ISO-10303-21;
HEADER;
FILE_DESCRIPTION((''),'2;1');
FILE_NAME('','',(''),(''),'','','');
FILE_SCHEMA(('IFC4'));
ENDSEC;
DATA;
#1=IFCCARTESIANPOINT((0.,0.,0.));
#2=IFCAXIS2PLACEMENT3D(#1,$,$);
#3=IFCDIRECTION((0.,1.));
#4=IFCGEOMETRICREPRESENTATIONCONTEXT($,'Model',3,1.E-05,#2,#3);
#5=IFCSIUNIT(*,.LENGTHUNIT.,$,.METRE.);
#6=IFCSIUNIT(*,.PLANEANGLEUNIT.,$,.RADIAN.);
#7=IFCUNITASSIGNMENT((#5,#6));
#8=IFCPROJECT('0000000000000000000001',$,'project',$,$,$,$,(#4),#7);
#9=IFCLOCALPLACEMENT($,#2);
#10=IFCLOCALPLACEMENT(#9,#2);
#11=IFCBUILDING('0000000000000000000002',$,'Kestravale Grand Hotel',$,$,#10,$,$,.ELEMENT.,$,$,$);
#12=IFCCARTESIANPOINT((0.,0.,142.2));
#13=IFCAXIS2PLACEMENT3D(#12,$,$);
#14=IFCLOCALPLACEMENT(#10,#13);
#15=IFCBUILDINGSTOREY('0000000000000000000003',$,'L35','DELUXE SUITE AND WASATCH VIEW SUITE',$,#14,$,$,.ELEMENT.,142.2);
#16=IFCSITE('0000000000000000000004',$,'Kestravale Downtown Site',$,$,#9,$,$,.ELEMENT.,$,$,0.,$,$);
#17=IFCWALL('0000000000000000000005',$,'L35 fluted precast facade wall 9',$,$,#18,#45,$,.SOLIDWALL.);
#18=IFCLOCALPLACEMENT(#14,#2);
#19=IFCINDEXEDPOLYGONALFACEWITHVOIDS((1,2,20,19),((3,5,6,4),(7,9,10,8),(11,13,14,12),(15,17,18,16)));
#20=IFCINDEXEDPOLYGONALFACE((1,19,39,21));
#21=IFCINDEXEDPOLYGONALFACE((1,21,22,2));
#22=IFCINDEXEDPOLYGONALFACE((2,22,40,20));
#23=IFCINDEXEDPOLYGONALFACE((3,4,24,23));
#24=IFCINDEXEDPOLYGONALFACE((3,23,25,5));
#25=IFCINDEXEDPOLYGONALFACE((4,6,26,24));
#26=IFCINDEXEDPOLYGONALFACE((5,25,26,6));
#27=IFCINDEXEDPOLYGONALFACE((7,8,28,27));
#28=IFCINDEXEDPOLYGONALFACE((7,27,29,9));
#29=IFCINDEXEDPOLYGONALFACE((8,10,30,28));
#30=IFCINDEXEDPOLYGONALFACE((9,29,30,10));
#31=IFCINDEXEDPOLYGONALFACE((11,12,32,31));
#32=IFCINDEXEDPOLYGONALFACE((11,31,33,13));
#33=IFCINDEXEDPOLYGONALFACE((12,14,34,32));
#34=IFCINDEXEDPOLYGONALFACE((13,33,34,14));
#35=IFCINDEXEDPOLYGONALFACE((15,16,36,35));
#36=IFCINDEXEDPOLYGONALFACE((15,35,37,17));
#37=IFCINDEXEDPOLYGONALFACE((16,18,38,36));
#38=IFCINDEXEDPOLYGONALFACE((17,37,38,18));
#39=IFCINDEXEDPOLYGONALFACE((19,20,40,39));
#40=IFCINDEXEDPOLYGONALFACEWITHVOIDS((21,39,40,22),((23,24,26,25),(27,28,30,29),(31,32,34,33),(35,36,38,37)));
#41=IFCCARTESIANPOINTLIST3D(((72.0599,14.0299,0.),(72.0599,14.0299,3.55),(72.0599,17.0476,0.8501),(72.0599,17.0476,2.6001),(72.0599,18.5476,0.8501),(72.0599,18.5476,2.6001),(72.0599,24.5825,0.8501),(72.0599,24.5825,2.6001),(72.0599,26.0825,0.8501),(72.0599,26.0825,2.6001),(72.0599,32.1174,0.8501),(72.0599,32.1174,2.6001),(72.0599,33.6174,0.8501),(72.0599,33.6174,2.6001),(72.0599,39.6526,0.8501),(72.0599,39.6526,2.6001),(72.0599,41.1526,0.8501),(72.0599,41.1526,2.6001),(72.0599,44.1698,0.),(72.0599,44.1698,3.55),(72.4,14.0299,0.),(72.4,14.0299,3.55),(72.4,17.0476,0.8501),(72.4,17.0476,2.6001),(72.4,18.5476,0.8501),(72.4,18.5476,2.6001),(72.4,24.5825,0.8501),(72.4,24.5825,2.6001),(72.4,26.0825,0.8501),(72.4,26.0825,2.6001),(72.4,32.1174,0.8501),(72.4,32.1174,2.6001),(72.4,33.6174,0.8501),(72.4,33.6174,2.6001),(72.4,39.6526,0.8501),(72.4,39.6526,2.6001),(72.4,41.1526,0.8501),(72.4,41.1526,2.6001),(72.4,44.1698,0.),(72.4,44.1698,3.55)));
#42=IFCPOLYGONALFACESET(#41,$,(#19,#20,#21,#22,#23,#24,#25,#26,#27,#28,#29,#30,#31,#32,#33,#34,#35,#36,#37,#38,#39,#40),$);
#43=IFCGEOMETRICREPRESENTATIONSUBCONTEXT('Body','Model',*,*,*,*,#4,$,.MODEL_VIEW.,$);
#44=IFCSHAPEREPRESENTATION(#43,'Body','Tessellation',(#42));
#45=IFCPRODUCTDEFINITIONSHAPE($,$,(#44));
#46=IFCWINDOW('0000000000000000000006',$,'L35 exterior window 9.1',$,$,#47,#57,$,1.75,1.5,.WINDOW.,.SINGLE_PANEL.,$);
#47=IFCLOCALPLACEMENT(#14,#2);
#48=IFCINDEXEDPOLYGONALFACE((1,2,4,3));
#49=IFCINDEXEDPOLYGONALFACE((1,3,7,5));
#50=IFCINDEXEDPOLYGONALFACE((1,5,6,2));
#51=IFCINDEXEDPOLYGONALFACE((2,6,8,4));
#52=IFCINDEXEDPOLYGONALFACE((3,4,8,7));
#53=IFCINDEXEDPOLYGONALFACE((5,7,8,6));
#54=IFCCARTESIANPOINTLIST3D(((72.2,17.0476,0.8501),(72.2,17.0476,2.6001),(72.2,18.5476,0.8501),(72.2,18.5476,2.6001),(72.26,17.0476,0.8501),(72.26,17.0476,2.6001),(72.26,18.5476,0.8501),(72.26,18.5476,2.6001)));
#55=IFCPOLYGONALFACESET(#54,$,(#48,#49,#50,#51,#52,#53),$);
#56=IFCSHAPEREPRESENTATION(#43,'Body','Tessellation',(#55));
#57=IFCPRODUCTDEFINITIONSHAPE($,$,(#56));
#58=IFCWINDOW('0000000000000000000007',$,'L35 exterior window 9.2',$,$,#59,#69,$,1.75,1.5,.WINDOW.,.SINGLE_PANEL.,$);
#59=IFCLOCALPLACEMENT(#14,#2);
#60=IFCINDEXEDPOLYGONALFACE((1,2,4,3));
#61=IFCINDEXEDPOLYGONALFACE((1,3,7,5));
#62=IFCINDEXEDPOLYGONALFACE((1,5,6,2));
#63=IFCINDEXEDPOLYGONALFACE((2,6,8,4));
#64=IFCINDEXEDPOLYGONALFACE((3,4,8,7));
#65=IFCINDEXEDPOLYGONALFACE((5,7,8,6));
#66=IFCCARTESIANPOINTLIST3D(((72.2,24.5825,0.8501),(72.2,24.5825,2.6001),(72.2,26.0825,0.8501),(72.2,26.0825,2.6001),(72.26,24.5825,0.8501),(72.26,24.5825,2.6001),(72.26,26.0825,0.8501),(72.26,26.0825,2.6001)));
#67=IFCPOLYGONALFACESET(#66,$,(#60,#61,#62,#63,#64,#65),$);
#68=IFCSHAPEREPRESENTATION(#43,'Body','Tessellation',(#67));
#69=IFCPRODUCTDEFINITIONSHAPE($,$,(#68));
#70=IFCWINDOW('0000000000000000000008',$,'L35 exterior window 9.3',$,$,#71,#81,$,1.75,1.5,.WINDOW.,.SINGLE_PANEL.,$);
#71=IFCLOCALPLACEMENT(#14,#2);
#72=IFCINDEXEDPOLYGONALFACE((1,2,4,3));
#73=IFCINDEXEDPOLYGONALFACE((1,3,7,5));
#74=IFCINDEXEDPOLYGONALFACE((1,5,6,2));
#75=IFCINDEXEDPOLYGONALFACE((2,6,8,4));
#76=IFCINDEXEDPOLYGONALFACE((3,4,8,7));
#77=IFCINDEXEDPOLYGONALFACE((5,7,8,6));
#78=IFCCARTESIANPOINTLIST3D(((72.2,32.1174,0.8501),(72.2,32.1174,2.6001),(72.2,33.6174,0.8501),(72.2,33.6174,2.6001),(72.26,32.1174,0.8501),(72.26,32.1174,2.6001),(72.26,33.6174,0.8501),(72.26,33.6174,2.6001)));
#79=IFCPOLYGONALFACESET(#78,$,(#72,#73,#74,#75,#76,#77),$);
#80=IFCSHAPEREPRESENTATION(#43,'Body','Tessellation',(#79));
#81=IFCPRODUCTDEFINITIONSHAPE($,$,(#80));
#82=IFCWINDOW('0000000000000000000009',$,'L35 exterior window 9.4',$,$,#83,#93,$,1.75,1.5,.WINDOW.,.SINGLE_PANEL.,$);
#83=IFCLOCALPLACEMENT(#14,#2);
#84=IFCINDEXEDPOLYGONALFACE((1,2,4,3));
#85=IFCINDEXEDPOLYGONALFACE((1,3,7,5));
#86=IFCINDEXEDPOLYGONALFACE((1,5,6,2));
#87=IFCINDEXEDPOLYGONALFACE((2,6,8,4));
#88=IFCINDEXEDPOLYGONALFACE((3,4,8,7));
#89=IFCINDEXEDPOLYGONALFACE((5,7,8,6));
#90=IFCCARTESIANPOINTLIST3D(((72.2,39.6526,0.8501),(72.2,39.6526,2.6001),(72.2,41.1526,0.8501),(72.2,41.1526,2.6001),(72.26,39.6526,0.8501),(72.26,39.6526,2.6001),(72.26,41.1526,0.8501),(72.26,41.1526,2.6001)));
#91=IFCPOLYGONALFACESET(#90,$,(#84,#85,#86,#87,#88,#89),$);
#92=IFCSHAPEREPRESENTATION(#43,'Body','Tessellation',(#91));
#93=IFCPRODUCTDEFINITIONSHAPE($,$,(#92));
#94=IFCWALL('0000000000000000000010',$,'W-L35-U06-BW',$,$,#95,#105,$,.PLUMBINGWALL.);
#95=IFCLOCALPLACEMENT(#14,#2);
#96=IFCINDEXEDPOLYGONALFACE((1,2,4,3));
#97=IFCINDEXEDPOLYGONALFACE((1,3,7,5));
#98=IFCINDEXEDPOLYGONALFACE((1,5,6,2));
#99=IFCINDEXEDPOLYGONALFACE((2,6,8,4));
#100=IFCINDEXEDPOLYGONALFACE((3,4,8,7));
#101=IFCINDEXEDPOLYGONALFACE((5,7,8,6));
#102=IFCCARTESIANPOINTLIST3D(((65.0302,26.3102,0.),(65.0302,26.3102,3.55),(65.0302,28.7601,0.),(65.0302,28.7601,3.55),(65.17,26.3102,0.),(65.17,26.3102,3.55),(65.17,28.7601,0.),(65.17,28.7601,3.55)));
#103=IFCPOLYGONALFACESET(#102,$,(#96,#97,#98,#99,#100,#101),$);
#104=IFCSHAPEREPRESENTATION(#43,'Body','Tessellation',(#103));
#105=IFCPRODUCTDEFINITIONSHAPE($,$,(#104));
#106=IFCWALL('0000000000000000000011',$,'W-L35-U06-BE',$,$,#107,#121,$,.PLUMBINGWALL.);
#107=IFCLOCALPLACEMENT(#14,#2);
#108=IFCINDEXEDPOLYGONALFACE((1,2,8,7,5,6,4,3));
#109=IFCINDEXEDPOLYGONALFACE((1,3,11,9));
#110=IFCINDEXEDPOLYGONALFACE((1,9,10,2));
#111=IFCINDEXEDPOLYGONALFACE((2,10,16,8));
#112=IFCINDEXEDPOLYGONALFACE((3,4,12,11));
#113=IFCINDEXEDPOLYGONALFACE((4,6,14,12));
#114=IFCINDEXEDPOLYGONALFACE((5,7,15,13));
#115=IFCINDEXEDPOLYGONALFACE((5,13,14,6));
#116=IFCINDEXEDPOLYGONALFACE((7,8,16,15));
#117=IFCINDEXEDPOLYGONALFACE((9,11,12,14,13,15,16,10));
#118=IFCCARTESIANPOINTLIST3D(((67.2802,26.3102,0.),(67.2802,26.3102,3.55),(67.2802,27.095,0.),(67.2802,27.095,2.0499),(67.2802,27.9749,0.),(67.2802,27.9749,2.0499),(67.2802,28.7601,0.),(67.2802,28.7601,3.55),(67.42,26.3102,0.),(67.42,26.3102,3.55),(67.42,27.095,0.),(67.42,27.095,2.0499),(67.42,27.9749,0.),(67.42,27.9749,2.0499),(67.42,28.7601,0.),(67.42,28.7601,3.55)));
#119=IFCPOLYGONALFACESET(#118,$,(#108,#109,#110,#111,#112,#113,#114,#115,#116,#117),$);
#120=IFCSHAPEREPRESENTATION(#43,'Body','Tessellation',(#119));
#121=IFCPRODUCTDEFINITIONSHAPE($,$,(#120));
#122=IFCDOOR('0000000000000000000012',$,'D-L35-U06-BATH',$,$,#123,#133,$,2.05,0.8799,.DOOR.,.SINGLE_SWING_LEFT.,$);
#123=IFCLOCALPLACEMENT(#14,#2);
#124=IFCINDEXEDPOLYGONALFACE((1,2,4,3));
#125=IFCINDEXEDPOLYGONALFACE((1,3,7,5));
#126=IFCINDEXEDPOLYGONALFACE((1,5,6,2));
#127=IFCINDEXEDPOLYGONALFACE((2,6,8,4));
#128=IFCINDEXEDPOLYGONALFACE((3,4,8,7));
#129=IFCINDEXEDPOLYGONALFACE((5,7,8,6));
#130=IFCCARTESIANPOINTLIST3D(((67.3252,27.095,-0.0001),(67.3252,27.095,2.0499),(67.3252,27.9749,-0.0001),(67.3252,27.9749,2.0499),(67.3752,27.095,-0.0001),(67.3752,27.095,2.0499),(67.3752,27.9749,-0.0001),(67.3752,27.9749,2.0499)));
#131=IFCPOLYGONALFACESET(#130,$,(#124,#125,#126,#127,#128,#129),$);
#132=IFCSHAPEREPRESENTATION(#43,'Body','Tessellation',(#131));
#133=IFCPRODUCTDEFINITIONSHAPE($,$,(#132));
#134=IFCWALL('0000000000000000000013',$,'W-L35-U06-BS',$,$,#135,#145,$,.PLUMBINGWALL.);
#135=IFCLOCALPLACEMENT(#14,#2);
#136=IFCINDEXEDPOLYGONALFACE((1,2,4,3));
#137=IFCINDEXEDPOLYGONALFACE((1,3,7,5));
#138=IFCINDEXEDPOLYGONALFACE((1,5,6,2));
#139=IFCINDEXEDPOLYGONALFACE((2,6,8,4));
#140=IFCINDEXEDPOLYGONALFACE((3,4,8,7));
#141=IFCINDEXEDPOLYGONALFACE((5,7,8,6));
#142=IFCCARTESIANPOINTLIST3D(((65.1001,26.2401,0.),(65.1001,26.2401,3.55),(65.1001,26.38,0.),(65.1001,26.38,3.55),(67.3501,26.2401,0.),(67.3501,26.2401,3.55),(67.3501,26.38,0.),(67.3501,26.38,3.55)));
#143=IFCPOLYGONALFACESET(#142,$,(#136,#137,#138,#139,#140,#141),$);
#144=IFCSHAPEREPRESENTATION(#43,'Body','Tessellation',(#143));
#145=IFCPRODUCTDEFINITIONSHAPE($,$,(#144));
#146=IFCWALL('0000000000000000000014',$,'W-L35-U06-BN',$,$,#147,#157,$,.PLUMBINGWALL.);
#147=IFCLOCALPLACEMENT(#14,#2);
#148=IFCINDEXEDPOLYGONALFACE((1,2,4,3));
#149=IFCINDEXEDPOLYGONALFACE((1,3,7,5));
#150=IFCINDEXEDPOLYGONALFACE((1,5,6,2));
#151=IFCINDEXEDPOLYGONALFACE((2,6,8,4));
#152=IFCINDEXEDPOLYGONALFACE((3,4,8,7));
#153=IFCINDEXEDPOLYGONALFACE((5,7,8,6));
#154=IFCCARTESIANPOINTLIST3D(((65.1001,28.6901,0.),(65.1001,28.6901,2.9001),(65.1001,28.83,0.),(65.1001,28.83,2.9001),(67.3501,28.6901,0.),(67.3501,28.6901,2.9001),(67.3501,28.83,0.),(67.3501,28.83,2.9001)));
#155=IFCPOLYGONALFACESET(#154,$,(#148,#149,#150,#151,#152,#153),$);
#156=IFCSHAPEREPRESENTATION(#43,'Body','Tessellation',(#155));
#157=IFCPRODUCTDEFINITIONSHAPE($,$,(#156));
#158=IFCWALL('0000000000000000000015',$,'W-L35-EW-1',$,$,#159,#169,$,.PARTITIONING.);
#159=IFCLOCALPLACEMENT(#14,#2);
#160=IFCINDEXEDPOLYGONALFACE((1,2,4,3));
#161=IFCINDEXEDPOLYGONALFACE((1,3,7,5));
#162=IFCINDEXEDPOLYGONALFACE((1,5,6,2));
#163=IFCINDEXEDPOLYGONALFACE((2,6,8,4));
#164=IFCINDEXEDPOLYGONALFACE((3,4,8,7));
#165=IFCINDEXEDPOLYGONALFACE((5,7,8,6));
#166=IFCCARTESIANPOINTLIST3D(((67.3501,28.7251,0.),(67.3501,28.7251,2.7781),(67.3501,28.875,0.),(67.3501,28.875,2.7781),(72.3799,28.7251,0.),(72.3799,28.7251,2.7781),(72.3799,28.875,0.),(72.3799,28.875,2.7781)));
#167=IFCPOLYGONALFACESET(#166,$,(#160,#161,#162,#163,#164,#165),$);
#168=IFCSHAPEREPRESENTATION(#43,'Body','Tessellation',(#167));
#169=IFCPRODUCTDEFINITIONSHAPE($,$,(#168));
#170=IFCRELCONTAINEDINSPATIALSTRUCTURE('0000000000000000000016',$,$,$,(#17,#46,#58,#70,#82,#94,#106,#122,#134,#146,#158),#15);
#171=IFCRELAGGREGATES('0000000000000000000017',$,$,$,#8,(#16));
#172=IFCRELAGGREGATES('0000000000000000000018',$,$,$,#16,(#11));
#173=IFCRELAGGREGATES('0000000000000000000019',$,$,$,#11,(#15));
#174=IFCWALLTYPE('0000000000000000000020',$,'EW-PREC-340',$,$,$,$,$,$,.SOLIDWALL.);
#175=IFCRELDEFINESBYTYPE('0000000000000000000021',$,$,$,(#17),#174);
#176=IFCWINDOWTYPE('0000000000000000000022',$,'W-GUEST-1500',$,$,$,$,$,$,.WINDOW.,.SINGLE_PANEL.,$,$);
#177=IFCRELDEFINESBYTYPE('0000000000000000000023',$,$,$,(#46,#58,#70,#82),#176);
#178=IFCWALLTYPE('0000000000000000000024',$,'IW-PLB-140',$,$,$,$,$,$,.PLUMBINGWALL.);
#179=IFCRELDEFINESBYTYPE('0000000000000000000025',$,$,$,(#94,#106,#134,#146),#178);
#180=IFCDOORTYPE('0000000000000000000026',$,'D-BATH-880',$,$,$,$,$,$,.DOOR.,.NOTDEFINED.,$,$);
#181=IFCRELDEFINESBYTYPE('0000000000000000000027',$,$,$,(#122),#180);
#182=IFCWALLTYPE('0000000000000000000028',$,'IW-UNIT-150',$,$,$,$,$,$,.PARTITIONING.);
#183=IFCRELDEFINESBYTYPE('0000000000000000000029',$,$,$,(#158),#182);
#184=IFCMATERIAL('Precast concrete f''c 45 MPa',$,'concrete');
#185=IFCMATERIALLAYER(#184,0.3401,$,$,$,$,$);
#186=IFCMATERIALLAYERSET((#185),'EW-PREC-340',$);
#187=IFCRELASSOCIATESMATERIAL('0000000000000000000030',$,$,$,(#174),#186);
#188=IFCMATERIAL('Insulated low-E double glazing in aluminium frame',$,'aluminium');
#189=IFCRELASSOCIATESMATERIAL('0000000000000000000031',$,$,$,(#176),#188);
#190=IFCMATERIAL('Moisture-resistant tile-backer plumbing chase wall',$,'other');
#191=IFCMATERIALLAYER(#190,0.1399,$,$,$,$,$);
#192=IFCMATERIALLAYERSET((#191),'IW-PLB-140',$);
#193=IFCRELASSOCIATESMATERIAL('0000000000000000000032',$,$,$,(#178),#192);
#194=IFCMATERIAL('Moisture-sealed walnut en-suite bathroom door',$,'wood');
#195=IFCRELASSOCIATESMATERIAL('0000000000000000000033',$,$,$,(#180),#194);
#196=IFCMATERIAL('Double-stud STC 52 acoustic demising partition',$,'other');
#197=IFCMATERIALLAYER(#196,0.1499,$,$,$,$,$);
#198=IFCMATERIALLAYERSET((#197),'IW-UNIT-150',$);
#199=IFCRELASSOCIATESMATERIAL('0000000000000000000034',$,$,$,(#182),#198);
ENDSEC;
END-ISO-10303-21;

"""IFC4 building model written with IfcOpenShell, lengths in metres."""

from ifc_helpers import new_model, si_unit, direction, frame, frame_2d, origin, place, context, subcontext, project, spatial, rectangle, extrude, material, layer, layer_set, type_object, element, fill, save


model = new_model("IFC4")

# Units and contexts
model_context = context("Model", 3, precision=1e-05, world=origin(), true_north=direction((0.0, 1.0)))
body_context = subcontext(model_context, "Body", "Model", "MODEL_VIEW")
ifc_project = project(units=[si_unit("LENGTHUNIT", "METRE"), si_unit("PLANEANGLEUNIT", "RADIAN")], contexts=[model_context])

# Site, building, storey
site_placement = place(None, origin())
site = spatial("IfcSite", under=ifc_project, at=site_placement, Name="Kestravale Downtown Site", CompositionType="ELEMENT", RefElevation=0.0)
building_placement = place(site_placement, origin())
building = spatial("IfcBuilding", under=site, at=building_placement, Name="Kestravale Grand Hotel", CompositionType="ELEMENT")
storey_placement = place(building_placement, frame((0.0, 0.0, 142.2)))
storey = spatial("IfcBuildingStorey", under=building, at=storey_placement, Name="L35", Description="DELUXE SUITE AND WASATCH VIEW SUITE", CompositionType="ELEMENT", Elevation=142.2)

# Shared definitions
ifc_material_1 = material(Name="Precast concrete f'c 45 MPa", Category="concrete")
ifc_layer_1 = layer(ifc_material_1, 0.3401)
ifc_layer_set_1 = layer_set([ifc_layer_1], Name="EW-PREC-340")
wall_type_1 = type_object("IfcWallType", Name="EW-PREC-340", PredefinedType="SOLIDWALL", material=ifc_layer_set_1)
ifc_material_2 = material(Name="Insulated low-E double glazing in aluminium frame", Category="aluminium")
window_type = type_object("IfcWindowType", Name="W-GUEST-1500", PartitioningType="SINGLE_PANEL", PredefinedType="WINDOW", material=ifc_material_2)

# Wall, openings, windows
wall_1_placement = place(storey_placement, frame((72.23, 14.03, 0.0), z_axis=(0.0, 0.0, 1.0), x_axis=(0.0, 1.0, 0.0)))
wall_1 = element("IfcWall", 1, at=wall_1_placement, inside=storey, type_object=wall_type_1, Name="L35 fluted precast facade wall 9", PredefinedType="SOLIDWALL", context=body_context, shape_type="SweptSolid", body=[
    extrude(rectangle(XDim=30.1399, YDim=0.3401, at=frame_2d((15.0698, 0.0))), origin(), (0.0, 0.0, 1.0), 3.55),
])
opening_1_placement = place(wall_1_placement, frame((3.0176, 0.0, 0.8501)))
opening_1 = element("IfcOpeningElement", 2, at=opening_1_placement, cuts=wall_1, PredefinedType="OPENING", context=body_context, shape_type="SweptSolid", body=[
    extrude(rectangle(XDim=1.5, YDim=1.75, at=frame_2d((0.75, 0.875))), frame((0.0, 0.1799, 0.0), z_axis=(0.0, -1.0, 0.0), x_axis=(1.0, 0.0, 0.0)), (0.0, 0.0, 1.0), 0.3601),
])
opening_2_placement = place(wall_1_placement, frame((10.5525, 0.0, 0.8501)))
opening_2 = element("IfcOpeningElement", 3, at=opening_2_placement, cuts=wall_1, PredefinedType="OPENING", context=body_context, shape_type="SweptSolid", body=[
    extrude(rectangle(XDim=1.5, YDim=1.75, at=frame_2d((0.75, 0.875))), frame((0.0, 0.1799, 0.0), z_axis=(0.0, -1.0, 0.0), x_axis=(1.0, 0.0, 0.0)), (0.0, 0.0, 1.0), 0.3601),
])
opening_3_placement = place(wall_1_placement, frame((18.0874, 0.0, 0.8501)))
opening_3 = element("IfcOpeningElement", 4, at=opening_3_placement, cuts=wall_1, PredefinedType="OPENING", context=body_context, shape_type="SweptSolid", body=[
    extrude(rectangle(XDim=1.5, YDim=1.75, at=frame_2d((0.75, 0.875))), frame((0.0, 0.1799, 0.0), z_axis=(0.0, -1.0, 0.0), x_axis=(1.0, 0.0, 0.0)), (0.0, 0.0, 1.0), 0.3601),
])
opening_4_placement = place(wall_1_placement, frame((25.6226, 0.0, 0.8501)))
opening_4 = element("IfcOpeningElement", 5, at=opening_4_placement, cuts=wall_1, PredefinedType="OPENING", context=body_context, shape_type="SweptSolid", body=[
    extrude(rectangle(XDim=1.5, YDim=1.75, at=frame_2d((0.75, 0.875))), frame((0.0, 0.1799, 0.0), z_axis=(0.0, -1.0, 0.0), x_axis=(1.0, 0.0, 0.0)), (0.0, 0.0, 1.0), 0.3601),
])
window_1_placement = place(opening_1_placement, origin())
window_1 = element("IfcWindow", 6, at=window_1_placement, inside=storey, type_object=window_type, Name="L35 exterior window 9.1", OverallHeight=1.75, OverallWidth=1.5, PartitioningType="SINGLE_PANEL", PredefinedType="WINDOW", context=body_context, shape_type="SweptSolid", body=[
    extrude(rectangle(XDim=1.5, YDim=1.75, at=frame_2d((0.75, 0.875))), frame((0.0, 0.03, 0.0), z_axis=(0.0, -1.0, 0.0), x_axis=(1.0, 0.0, 0.0)), (0.0, 0.0, 1.0), 0.0601),
])
fill(opening_1, window_1)
window_2_placement = place(opening_2_placement, origin())
window_2 = element("IfcWindow", 7, at=window_2_placement, inside=storey, type_object=window_type, Name="L35 exterior window 9.2", OverallHeight=1.75, OverallWidth=1.5, PartitioningType="SINGLE_PANEL", PredefinedType="WINDOW", context=body_context, shape_type="SweptSolid", body=[
    extrude(rectangle(XDim=1.5, YDim=1.75, at=frame_2d((0.75, 0.875))), frame((0.0, 0.03, 0.0), z_axis=(0.0, -1.0, 0.0), x_axis=(1.0, 0.0, 0.0)), (0.0, 0.0, 1.0), 0.0601),
])
fill(opening_2, window_2)
window_3_placement = place(opening_3_placement, origin())
window_3 = element("IfcWindow", 8, at=window_3_placement, inside=storey, type_object=window_type, Name="L35 exterior window 9.3", OverallHeight=1.75, OverallWidth=1.5, PartitioningType="SINGLE_PANEL", PredefinedType="WINDOW", context=body_context, shape_type="SweptSolid", body=[
    extrude(rectangle(XDim=1.5, YDim=1.75, at=frame_2d((0.75, 0.875))), frame((0.0, 0.03, 0.0), z_axis=(0.0, -1.0, 0.0), x_axis=(1.0, 0.0, 0.0)), (0.0, 0.0, 1.0), 0.0601),
])
fill(opening_3, window_3)
window_4_placement = place(opening_4_placement, origin())
window_4 = element("IfcWindow", 9, at=window_4_placement, inside=storey, type_object=window_type, Name="L35 exterior window 9.4", OverallHeight=1.75, OverallWidth=1.5, PartitioningType="SINGLE_PANEL", PredefinedType="WINDOW", context=body_context, shape_type="SweptSolid", body=[
    extrude(rectangle(XDim=1.5, YDim=1.75, at=frame_2d((0.75, 0.875))), frame((0.0, 0.03, 0.0), z_axis=(0.0, -1.0, 0.0), x_axis=(1.0, 0.0, 0.0)), (0.0, 0.0, 1.0), 0.0601),
])
fill(opening_4, window_4)

# Wall
ifc_material_3 = material(Name="Moisture-resistant tile-backer plumbing chase wall", Category="other")
ifc_layer_2 = layer(ifc_material_3, 0.1399)
ifc_layer_set_2 = layer_set([ifc_layer_2], Name="IW-PLB-140")
wall_type_2 = type_object("IfcWallType", Name="IW-PLB-140", PredefinedType="PLUMBINGWALL", material=ifc_layer_set_2)
wall_2_placement = place(storey_placement, frame((65.1001, 26.3101, 0.0), z_axis=(0.0, 0.0, 1.0), x_axis=(0.0, 1.0, 0.0)))
element("IfcWall", 10, at=wall_2_placement, inside=storey, type_object=wall_type_2, Name="W-L35-U06-BW", PredefinedType="PLUMBINGWALL", context=body_context, shape_type="SweptSolid", body=[
    extrude(rectangle(XDim=2.45, YDim=0.1399, at=frame_2d((1.2251, 0.0))), origin(), (0.0, 0.0, 1.0), 3.55),
])

# Wall, opening, door
wall_3_placement = place(storey_placement, frame((67.3501, 26.3101, 0.0), z_axis=(0.0, 0.0, 1.0), x_axis=(0.0, 1.0, 0.0)))
wall_3 = element("IfcWall", 11, at=wall_3_placement, inside=storey, type_object=wall_type_2, Name="W-L35-U06-BE", PredefinedType="PLUMBINGWALL", context=body_context, shape_type="SweptSolid", body=[
    extrude(rectangle(XDim=2.45, YDim=0.1399, at=frame_2d((1.2251, 0.0))), origin(), (0.0, 0.0, 1.0), 3.55),
])
opening_5_placement = place(wall_3_placement, frame((0.7849, 0.0, 0.0)))
opening_5 = element("IfcOpeningElement", 12, at=opening_5_placement, cuts=wall_3, PredefinedType="OPENING", context=body_context, shape_type="SweptSolid", body=[
    extrude(rectangle(XDim=0.8799, YDim=2.05, at=frame_2d((0.4399, 1.0249))), frame((0.0, 0.0798, 0.0), z_axis=(0.0, -1.0, 0.0), x_axis=(1.0, 0.0, 0.0)), (0.0, 0.0, 1.0), 0.1599),
])
ifc_material_4 = material(Name="Moisture-sealed walnut en-suite bathroom door", Category="wood")
door_type = type_object("IfcDoorType", Name="D-BATH-880", OperationType="NOTDEFINED", PredefinedType="DOOR", material=ifc_material_4)
door_placement = place(opening_5_placement, origin())
door = element("IfcDoor", 13, at=door_placement, inside=storey, type_object=door_type, Name="D-L35-U06-BATH", OperationType="SINGLE_SWING_LEFT", OverallHeight=2.05, OverallWidth=0.8799, PredefinedType="DOOR", context=body_context, shape_type="SweptSolid", body=[
    extrude(rectangle(XDim=0.8799, YDim=2.05, at=frame_2d((0.4399, 1.0249))), frame((0.0, 0.0249, 0.0), z_axis=(0.0, -1.0, 0.0), x_axis=(1.0, 0.0, 0.0)), (0.0, 0.0, 1.0), 0.05),
])
fill(opening_5, door)

# Walls
wall_4_placement = place(storey_placement, frame((65.1001, 26.3101, 0.0), z_axis=(0.0, 0.0, 1.0), x_axis=(1.0, 0.0, 0.0)))
element("IfcWall", 14, at=wall_4_placement, inside=storey, type_object=wall_type_2, Name="W-L35-U06-BS", PredefinedType="PLUMBINGWALL", context=body_context, shape_type="SweptSolid", body=[
    extrude(rectangle(XDim=2.25, YDim=0.1399, at=frame_2d((1.125, 0.0))), origin(), (0.0, 0.0, 1.0), 3.55),
])
wall_5_placement = place(storey_placement, frame((65.1001, 28.76, 0.0), z_axis=(0.0, 0.0, 1.0), x_axis=(1.0, 0.0, 0.0)))
element("IfcWall", 15, at=wall_5_placement, inside=storey, type_object=wall_type_2, Name="W-L35-U06-BN", PredefinedType="PLUMBINGWALL", context=body_context, shape_type="SweptSolid", body=[
    extrude(rectangle(XDim=2.25, YDim=0.1399, at=frame_2d((1.125, 0.0))), origin(), (0.0, 0.0, 1.0), 2.9001),
])
ifc_material_5 = material(Name="Double-stud STC 52 acoustic demising partition", Category="other")
ifc_layer_3 = layer(ifc_material_5, 0.1499)
ifc_layer_set_3 = layer_set([ifc_layer_3], Name="IW-UNIT-150")
wall_type_3 = type_object("IfcWallType", Name="IW-UNIT-150", PredefinedType="PARTITIONING", material=ifc_layer_set_3)
wall_6_placement = place(storey_placement, frame((67.3501, 28.8, 0.0), z_axis=(0.0, 0.0, 1.0), x_axis=(1.0, 0.0, 0.0)))
element("IfcWall", 16, at=wall_6_placement, inside=storey, type_object=wall_type_3, Name="W-L35-EW-1", PredefinedType="PARTITIONING", context=body_context, shape_type="SweptSolid", body=[
    extrude(rectangle(XDim=5.0298, YDim=0.1499, at=frame_2d((2.5149, 0.0))), origin(), (0.0, 0.0, 1.0), 2.7781),
])

save(model, "model.ifc")
